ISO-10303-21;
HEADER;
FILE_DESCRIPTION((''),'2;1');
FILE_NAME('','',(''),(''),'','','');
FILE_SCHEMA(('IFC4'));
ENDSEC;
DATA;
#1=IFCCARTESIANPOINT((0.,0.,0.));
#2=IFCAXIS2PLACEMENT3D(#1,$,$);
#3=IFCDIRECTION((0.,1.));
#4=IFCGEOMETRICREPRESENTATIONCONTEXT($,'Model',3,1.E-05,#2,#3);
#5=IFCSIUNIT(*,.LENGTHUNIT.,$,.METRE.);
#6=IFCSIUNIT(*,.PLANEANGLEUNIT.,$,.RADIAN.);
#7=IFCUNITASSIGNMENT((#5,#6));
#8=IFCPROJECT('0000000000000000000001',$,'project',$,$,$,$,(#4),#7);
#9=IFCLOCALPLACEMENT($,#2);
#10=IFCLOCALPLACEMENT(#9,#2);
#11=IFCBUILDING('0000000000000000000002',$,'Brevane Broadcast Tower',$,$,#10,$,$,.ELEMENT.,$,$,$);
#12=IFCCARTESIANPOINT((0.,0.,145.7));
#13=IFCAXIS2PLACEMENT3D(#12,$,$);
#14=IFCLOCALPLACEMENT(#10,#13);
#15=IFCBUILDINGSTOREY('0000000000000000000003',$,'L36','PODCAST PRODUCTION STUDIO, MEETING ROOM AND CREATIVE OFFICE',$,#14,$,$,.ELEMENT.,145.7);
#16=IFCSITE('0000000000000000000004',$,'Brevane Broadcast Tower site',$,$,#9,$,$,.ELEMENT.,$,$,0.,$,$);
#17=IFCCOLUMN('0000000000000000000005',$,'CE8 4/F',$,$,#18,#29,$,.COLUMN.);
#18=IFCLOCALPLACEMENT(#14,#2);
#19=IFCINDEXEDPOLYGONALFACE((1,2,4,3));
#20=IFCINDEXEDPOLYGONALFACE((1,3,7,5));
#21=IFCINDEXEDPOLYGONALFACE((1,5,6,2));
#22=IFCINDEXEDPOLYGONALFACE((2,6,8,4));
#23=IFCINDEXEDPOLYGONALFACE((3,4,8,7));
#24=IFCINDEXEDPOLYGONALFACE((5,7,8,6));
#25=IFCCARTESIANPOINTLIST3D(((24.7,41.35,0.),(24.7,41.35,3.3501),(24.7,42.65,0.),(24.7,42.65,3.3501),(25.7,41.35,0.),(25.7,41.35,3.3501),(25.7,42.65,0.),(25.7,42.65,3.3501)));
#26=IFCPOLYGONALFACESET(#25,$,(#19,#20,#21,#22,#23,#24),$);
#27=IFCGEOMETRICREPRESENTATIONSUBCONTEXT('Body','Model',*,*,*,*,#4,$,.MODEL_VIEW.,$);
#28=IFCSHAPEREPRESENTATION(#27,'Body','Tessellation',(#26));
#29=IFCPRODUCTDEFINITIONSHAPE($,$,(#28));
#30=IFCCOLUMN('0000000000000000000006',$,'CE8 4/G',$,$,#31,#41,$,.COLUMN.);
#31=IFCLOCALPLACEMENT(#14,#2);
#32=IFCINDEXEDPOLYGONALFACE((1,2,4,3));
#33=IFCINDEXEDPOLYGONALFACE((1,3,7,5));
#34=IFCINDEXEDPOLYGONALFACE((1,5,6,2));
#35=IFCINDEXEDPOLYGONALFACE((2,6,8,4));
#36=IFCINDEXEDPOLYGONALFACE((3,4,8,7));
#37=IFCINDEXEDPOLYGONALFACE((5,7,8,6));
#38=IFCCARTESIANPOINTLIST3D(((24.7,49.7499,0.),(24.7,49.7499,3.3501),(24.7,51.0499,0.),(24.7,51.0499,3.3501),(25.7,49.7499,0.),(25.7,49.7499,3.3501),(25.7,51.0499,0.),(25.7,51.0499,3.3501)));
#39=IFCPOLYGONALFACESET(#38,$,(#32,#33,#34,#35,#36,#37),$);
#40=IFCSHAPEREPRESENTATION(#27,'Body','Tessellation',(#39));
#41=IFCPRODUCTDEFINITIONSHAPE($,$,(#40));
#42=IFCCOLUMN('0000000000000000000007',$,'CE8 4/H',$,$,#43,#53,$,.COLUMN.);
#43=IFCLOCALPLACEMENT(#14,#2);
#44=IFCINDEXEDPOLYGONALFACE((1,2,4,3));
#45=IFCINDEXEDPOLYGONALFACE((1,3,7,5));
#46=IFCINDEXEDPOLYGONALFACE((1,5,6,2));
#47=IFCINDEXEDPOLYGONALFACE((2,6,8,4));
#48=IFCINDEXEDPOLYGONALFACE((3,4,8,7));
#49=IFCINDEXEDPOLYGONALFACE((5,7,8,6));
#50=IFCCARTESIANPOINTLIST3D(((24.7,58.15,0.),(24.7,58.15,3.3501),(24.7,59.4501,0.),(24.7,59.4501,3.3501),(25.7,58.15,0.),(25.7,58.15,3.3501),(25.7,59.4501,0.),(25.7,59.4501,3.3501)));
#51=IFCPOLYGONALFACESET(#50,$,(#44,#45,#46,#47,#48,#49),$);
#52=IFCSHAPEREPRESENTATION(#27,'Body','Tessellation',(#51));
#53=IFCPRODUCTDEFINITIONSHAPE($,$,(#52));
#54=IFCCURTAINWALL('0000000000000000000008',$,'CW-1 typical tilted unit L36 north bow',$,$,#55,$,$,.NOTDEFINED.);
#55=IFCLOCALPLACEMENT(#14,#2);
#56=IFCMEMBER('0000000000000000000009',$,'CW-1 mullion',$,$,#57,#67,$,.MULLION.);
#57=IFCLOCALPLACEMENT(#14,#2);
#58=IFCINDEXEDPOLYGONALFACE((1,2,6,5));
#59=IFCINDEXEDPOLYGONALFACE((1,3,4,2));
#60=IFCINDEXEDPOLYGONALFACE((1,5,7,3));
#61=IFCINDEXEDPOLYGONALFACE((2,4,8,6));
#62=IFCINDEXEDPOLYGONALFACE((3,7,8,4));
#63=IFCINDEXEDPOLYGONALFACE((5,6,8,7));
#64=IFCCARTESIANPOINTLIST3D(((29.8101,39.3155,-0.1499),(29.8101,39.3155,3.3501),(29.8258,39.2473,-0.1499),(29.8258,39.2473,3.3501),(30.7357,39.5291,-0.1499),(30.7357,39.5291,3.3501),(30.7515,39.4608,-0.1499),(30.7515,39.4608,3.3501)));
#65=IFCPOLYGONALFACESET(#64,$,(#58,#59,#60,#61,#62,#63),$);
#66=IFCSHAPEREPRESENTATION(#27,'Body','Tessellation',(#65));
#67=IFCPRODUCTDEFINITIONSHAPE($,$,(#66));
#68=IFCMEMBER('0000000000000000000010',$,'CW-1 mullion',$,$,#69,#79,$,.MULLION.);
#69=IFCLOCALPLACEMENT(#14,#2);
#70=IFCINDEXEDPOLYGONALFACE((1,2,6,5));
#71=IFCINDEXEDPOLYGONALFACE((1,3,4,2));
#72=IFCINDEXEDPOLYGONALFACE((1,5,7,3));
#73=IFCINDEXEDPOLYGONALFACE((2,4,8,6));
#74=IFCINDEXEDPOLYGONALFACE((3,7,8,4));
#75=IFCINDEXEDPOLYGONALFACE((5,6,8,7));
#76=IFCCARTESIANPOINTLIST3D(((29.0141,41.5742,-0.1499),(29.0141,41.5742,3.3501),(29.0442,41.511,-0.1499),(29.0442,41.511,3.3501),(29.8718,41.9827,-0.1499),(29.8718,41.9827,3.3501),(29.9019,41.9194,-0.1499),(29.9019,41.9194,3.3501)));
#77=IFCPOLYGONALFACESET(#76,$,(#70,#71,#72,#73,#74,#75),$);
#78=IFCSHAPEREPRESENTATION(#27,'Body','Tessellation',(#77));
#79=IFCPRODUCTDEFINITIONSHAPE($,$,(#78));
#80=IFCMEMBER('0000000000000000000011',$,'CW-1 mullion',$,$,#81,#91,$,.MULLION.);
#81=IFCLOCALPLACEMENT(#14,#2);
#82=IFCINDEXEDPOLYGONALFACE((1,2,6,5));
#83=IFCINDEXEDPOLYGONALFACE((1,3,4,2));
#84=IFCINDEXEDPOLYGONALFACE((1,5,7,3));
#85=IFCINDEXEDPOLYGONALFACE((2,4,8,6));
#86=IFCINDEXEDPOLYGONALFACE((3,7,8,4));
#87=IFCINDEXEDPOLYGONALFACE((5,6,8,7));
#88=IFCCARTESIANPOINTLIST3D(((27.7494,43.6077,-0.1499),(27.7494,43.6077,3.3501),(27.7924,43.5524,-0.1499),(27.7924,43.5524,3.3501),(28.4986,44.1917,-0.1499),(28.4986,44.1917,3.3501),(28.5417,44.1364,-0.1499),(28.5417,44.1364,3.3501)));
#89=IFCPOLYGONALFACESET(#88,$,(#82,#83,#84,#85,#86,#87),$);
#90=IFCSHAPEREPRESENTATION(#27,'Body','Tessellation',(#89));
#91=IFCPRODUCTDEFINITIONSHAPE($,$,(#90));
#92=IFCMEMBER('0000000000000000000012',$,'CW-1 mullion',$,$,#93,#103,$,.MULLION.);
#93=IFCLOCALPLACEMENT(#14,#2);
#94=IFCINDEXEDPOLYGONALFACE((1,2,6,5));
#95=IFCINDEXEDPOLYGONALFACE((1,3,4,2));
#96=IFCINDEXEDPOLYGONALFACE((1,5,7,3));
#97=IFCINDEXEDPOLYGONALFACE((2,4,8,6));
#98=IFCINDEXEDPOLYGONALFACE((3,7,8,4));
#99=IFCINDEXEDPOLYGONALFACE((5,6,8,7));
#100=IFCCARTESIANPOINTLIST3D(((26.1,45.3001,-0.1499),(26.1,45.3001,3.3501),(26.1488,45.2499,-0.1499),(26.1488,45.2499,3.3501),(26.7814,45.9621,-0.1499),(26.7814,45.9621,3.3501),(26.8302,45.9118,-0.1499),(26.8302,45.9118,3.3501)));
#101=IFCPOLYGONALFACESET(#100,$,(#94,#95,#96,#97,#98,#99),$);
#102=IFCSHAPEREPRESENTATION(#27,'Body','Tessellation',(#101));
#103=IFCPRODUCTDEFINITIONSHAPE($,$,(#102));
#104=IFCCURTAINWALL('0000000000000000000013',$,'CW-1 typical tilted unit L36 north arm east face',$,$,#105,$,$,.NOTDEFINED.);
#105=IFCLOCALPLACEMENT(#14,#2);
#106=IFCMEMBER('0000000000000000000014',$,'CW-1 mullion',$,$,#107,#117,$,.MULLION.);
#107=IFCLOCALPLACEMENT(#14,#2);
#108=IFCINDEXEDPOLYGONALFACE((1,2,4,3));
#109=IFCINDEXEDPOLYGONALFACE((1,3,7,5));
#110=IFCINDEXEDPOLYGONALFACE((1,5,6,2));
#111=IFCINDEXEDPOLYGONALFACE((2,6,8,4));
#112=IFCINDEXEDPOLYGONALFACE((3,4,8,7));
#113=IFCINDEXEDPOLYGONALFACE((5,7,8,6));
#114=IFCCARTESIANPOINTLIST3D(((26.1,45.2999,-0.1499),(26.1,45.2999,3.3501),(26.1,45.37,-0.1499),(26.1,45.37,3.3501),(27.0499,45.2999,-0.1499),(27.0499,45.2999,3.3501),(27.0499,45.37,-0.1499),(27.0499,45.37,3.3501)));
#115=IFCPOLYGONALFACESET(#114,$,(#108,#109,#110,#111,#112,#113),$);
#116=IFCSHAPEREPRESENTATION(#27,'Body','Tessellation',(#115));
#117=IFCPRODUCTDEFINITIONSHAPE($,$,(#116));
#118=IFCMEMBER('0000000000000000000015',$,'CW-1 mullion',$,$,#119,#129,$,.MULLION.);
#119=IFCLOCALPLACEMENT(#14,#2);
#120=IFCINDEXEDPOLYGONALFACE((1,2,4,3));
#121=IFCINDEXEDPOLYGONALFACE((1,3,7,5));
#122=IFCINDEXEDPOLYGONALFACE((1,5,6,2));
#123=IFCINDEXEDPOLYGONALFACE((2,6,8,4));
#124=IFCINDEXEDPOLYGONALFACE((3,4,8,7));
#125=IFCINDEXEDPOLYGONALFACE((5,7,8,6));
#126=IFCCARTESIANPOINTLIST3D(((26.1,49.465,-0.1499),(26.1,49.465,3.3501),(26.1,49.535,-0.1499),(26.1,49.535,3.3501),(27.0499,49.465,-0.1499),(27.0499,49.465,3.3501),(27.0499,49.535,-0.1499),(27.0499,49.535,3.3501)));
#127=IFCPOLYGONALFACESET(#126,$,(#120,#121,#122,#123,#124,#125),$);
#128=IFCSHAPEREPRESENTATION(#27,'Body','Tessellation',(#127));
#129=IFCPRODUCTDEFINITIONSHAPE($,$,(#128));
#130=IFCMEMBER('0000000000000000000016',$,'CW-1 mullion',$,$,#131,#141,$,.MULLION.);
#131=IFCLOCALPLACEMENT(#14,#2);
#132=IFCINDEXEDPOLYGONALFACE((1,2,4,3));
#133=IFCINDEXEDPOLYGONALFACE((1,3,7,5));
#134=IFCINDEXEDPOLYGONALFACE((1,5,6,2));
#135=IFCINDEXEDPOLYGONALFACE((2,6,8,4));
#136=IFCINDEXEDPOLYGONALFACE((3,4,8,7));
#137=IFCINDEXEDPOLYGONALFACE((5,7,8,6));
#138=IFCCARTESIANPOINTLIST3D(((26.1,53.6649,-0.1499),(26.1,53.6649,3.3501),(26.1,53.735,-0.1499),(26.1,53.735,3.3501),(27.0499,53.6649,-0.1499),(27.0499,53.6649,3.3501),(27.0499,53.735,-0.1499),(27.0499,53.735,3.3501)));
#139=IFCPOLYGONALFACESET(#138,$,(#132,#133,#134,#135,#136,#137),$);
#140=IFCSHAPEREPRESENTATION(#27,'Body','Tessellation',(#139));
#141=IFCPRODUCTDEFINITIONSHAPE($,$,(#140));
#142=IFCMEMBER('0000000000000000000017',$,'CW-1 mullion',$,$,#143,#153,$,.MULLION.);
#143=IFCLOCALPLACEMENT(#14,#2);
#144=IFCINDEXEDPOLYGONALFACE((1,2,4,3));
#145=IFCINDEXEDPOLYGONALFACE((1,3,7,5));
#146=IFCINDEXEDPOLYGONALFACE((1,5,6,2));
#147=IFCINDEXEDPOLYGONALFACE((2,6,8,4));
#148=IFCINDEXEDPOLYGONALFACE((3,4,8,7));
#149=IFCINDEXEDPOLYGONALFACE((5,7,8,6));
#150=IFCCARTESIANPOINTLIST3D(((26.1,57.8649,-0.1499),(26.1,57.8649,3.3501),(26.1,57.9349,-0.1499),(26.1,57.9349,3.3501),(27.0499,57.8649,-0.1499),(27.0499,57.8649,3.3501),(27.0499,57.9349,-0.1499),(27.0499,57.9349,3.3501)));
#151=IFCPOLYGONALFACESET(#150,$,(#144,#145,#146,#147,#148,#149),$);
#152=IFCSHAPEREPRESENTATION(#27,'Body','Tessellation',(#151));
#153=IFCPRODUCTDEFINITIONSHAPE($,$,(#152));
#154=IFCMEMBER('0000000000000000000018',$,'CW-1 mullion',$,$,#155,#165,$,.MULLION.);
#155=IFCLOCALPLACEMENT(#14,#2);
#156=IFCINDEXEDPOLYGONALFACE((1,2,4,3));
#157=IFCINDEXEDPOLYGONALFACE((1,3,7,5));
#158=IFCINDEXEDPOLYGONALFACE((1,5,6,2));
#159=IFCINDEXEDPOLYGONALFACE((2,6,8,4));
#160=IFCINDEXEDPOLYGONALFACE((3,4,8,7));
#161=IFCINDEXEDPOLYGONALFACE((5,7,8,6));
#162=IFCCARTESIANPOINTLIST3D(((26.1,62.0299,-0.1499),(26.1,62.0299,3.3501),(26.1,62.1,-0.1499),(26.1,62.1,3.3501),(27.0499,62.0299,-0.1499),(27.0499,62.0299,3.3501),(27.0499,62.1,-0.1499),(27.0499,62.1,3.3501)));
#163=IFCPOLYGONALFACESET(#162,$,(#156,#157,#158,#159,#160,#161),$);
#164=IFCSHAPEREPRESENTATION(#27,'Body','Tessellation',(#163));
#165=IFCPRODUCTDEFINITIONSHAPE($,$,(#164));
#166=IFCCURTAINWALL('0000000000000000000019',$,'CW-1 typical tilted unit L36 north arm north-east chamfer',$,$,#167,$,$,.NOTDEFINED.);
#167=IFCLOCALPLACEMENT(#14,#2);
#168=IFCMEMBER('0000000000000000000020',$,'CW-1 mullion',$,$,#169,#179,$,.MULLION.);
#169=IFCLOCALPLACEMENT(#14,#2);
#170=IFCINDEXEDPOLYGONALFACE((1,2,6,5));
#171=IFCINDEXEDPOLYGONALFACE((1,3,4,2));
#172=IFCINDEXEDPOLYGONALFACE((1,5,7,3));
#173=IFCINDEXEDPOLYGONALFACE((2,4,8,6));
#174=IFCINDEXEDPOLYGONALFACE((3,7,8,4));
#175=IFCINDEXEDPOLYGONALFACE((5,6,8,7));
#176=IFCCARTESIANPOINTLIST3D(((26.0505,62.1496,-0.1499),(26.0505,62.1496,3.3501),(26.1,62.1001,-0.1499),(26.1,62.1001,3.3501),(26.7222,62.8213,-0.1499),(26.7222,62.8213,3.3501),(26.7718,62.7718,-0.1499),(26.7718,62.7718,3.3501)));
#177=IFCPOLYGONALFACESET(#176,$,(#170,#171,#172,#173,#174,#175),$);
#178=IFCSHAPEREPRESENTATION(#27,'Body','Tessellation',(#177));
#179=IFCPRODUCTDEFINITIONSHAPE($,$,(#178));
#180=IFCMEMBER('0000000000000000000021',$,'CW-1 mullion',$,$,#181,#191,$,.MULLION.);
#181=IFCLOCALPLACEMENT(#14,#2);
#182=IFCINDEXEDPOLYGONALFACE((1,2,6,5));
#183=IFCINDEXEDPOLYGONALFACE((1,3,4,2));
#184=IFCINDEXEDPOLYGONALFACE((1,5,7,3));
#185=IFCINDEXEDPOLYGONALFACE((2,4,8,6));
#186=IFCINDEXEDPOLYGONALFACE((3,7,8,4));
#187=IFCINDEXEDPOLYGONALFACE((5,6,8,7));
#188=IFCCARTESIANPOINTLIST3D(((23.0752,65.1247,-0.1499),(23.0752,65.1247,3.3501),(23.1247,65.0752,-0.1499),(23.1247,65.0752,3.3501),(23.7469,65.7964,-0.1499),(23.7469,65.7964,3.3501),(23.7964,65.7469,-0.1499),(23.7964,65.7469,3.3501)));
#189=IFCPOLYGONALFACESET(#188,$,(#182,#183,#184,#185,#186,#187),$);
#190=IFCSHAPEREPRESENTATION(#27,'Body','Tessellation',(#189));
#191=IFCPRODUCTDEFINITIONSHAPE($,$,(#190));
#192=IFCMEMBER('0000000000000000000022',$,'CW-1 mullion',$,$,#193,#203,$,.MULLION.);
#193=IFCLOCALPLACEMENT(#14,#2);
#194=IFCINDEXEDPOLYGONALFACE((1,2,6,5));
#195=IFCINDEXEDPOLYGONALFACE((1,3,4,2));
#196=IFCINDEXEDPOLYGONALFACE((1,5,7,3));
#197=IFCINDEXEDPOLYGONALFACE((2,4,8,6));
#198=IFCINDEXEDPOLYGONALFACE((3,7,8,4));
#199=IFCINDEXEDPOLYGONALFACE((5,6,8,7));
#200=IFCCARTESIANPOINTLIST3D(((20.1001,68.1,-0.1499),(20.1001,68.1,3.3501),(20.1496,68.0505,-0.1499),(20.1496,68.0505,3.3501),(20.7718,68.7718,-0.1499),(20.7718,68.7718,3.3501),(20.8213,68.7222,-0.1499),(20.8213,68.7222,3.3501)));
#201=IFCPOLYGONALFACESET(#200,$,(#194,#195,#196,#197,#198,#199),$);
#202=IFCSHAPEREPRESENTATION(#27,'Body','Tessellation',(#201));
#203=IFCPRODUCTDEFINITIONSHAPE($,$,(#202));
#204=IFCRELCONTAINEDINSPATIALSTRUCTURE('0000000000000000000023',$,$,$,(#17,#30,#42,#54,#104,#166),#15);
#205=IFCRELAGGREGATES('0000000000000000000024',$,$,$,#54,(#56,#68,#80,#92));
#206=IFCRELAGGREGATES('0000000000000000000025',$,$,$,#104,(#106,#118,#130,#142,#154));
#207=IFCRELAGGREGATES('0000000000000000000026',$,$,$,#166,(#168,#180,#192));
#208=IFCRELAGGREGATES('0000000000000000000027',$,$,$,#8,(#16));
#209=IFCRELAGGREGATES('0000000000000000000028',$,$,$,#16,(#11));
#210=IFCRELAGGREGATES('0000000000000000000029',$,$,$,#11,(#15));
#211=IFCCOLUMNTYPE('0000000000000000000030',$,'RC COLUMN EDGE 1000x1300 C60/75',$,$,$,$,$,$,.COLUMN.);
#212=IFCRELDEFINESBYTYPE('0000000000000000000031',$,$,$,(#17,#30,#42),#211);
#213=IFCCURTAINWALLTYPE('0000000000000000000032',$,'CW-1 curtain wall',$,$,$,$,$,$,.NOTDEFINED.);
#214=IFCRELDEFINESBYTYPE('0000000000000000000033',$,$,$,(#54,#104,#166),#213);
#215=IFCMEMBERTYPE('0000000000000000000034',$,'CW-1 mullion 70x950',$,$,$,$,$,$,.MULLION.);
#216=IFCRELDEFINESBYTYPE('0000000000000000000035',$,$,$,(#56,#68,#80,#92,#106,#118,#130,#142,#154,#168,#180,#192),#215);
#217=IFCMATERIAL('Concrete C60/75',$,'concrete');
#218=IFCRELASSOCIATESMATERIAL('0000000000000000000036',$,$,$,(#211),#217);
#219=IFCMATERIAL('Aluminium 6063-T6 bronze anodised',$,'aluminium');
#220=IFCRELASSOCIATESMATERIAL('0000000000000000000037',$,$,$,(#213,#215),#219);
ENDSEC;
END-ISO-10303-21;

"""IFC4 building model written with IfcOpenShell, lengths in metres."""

from ifc_helpers import new_model, si_unit, direction, frame, origin, origin_2d, place, context, subcontext, project, spatial, rectangle, extrude, material, material_profile, profile_set, type_object, element, aggregate, save


model = new_model("IFC4")

# Units and contexts
model_context = context("Model", 3, precision=1e-05, world=origin(), true_north=direction((0.0, 1.0)))
body_context = subcontext(model_context, "Body", "Model", "MODEL_VIEW")
ifc_project = project(units=[si_unit("LENGTHUNIT", "METRE"), si_unit("PLANEANGLEUNIT", "RADIAN")], contexts=[model_context])

# Site, building, storey
site_placement = place(None, origin())
site = spatial("IfcSite", under=ifc_project, at=site_placement, Name="Brevane Broadcast Tower site", CompositionType="ELEMENT", RefElevation=0.0)
building_placement = place(site_placement, origin())
building = spatial("IfcBuilding", under=site, at=building_placement, Name="Brevane Broadcast Tower", CompositionType="ELEMENT")
storey_placement = place(building_placement, frame((0.0, 0.0, 145.7)))
storey = spatial("IfcBuildingStorey", under=building, at=storey_placement, Name="L36", Description="PODCAST PRODUCTION STUDIO, MEETING ROOM AND CREATIVE OFFICE", CompositionType="ELEMENT", Elevation=145.7)

# Columns
ifc_material_1 = material(Name="Concrete C60/75", Category="concrete")
ifc_material_profile_1 = material_profile(ifc_material_1, rectangle(XDim=1.0, YDim=1.3, at=origin_2d()), Name="RC 1000x1300")
ifc_profile_set_1 = profile_set([ifc_material_profile_1], Name="Concrete C60/75")
column_type = type_object("IfcColumnType", Name="RC COLUMN EDGE 1000x1300 C60/75", PredefinedType="COLUMN", material=ifc_profile_set_1)
for number, where, z_axis, x_axis, name in (
    (1, (25.2, 42.0, 0.0), (0.0, 0.0, 1.0), (1.0, 0.0, 0.0), "CE8 4/F"),
    (2, (25.2, 50.3999, 0.0), (0.0, 0.0, 1.0), (1.0, 0.0, 0.0), "CE8 4/G"),
    (3, (25.2, 58.8, 0.0), (0.0, 0.0, 1.0), (1.0, 0.0, 0.0), "CE8 4/H"),
):
    element("IfcColumn", number, at=place(storey_placement, frame(where, z_axis=z_axis, x_axis=x_axis)), inside=storey, type_object=column_type, Name=name, PredefinedType="COLUMN", context=body_context, shape_type="SweptSolid", body=[
        extrude(rectangle(XDim=1.0, YDim=1.3, at=origin_2d()), origin(), (0.0, 0.0, 1.0), 3.3501),
    ])

# Curtain walls, members
ifc_material_2 = material(Name="Aluminium 6063-T6 bronze anodised", Category="aluminium")
curtain_wall_type = type_object("IfcCurtainWallType", Name="CW-1 curtain wall", PredefinedType="NOTDEFINED", material=ifc_material_2)
curtain_wall_1_placement = place(storey_placement, origin())
curtain_wall_1 = element("IfcCurtainWall", 4, at=curtain_wall_1_placement, inside=storey, type_object=curtain_wall_type, Name="CW-1 typical tilted unit L36 north bow", PredefinedType="NOTDEFINED")
ifc_material_profile_2 = material_profile(ifc_material_2, rectangle(XDim=0.95, YDim=0.0701, at=origin_2d()), Name="RECT 70x950")
ifc_profile_set_2 = profile_set([ifc_material_profile_2], Name="Aluminium 6063-T6 bronze anodised")
member_type_1 = type_object("IfcMemberType", Name="CW-1 mullion 70x950", PredefinedType="MULLION", material=ifc_profile_set_2)
member_1_placement = place(storey_placement, frame((30.2808, 39.3882, -0.1499), z_axis=(0.0, 0.0, 1.0), x_axis=(-0.974403, -0.224806, 0.0)))
member_1 = element("IfcMember", 5, at=member_1_placement, type_object=member_type_1, Name="CW-1 mullion", PredefinedType="MULLION", context=body_context, shape_type="SweptSolid", body=[
    extrude(rectangle(XDim=0.95, YDim=0.0701, at=origin_2d()), origin(), (0.0, 0.0, 1.0), 3.5),
])
member_2_placement = place(storey_placement, frame((29.458, 41.7468, -0.1499), z_axis=(0.0, 0.0, 1.0), x_axis=(-0.902861, -0.429934, 0.0)))
member_2 = element("IfcMember", 6, at=member_2_placement, type_object=member_type_1, Name="CW-1 mullion", PredefinedType="MULLION", context=body_context, shape_type="SweptSolid", body=[
    extrude(rectangle(XDim=0.95, YDim=0.0701, at=origin_2d()), origin(), (0.0, 0.0, 1.0), 3.5),
])
member_3_placement = place(storey_placement, frame((28.1455, 43.8721, -0.1499), z_axis=(0.0, 0.0, 1.0), x_axis=(-0.788707, -0.61477, 0.0)))
member_3 = element("IfcMember", 7, at=member_3_placement, type_object=member_type_1, Name="CW-1 mullion", PredefinedType="MULLION", context=body_context, shape_type="SweptSolid", body=[
    extrude(rectangle(XDim=0.95, YDim=0.0701, at=origin_2d()), origin(), (0.0, 0.0, 1.0), 3.5),
])
member_4_placement = place(storey_placement, frame((26.4651, 45.606, -0.1499), z_axis=(0.0, 0.0, 1.0), x_axis=(-0.717254, -0.696812, 0.0)))
member_4 = element("IfcMember", 8, at=member_4_placement, type_object=member_type_1, Name="CW-1 mullion", PredefinedType="MULLION", context=body_context, shape_type="SweptSolid", body=[
    extrude(rectangle(XDim=0.95, YDim=0.0701, at=origin_2d()), origin(), (0.0, 0.0, 1.0), 3.5),
])
curtain_wall_2_placement = place(storey_placement, origin())
curtain_wall_2 = element("IfcCurtainWall", 9, at=curtain_wall_2_placement, inside=storey, type_object=curtain_wall_type, Name="CW-1 typical tilted unit L36 north arm east face", PredefinedType="NOTDEFINED")
member_5_placement = place(storey_placement, frame((26.575, 45.335, -0.1499), z_axis=(0.0, 0.0, 1.0), x_axis=(-1.0, 0.0, 0.0)))
member_5 = element("IfcMember", 10, at=member_5_placement, type_object=member_type_1, Name="CW-1 mullion", PredefinedType="MULLION", context=body_context, shape_type="SweptSolid", body=[
    extrude(rectangle(XDim=0.95, YDim=0.0701, at=origin_2d()), origin(), (0.0, 0.0, 1.0), 3.5),
])
member_6_placement = place(storey_placement, frame((26.575, 49.5, -0.1499), z_axis=(0.0, 0.0, 1.0), x_axis=(-1.0, 0.0, 0.0)))
member_6 = element("IfcMember", 11, at=member_6_placement, type_object=member_type_1, Name="CW-1 mullion", PredefinedType="MULLION", context=body_context, shape_type="SweptSolid", body=[
    extrude(rectangle(XDim=0.95, YDim=0.0701, at=origin_2d()), origin(), (0.0, 0.0, 1.0), 3.5),
])
member_7_placement = place(storey_placement, frame((26.575, 53.7, -0.1499), z_axis=(0.0, 0.0, 1.0), x_axis=(-1.0, 0.0, 0.0)))
member_7 = element("IfcMember", 12, at=member_7_placement, type_object=member_type_1, Name="CW-1 mullion", PredefinedType="MULLION", context=body_context, shape_type="SweptSolid", body=[
    extrude(rectangle(XDim=0.95, YDim=0.0701, at=origin_2d()), origin(), (0.0, 0.0, 1.0), 3.5),
])
member_8_placement = place(storey_placement, frame((26.575, 57.8999, -0.1499), z_axis=(0.0, 0.0, 1.0), x_axis=(-1.0, 0.0, 0.0)))
member_8 = element("IfcMember", 13, at=member_8_placement, type_object=member_type_1, Name="CW-1 mullion", PredefinedType="MULLION", context=body_context, shape_type="SweptSolid", body=[
    extrude(rectangle(XDim=0.95, YDim=0.0701, at=origin_2d()), origin(), (0.0, 0.0, 1.0), 3.5),
])
member_9_placement = place(storey_placement, frame((26.575, 62.0649, -0.1499), z_axis=(0.0, 0.0, 1.0), x_axis=(-1.0, 0.0, 0.0)))
member_9 = element("IfcMember", 14, at=member_9_placement, type_object=member_type_1, Name="CW-1 mullion", PredefinedType="MULLION", context=body_context, shape_type="SweptSolid", body=[
    extrude(rectangle(XDim=0.95, YDim=0.0701, at=origin_2d()), origin(), (0.0, 0.0, 1.0), 3.5),
])
curtain_wall_3_placement = place(storey_placement, origin())
curtain_wall_3 = element("IfcCurtainWall", 15, at=curtain_wall_3_placement, inside=storey, type_object=curtain_wall_type, Name="CW-1 typical tilted unit L36 north arm north-east chamfer", PredefinedType="NOTDEFINED")
member_10_placement = place(storey_placement, frame((26.4111, 62.4607, -0.1499), z_axis=(0.0, 0.0, 1.0), x_axis=(-0.707107, -0.707107, 0.0)))
member_10 = element("IfcMember", 16, at=member_10_placement, type_object=member_type_1, Name="CW-1 mullion", PredefinedType="MULLION", context=body_context, shape_type="SweptSolid", body=[
    extrude(rectangle(XDim=0.95, YDim=0.0701, at=origin_2d()), origin(), (0.0, 0.0, 1.0), 3.5),
])
member_11_placement = place(storey_placement, frame((23.4358, 65.4358, -0.1499), z_axis=(0.0, 0.0, 1.0), x_axis=(-0.707107, -0.707107, 0.0)))
member_11 = element("IfcMember", 17, at=member_11_placement, type_object=member_type_1, Name="CW-1 mullion", PredefinedType="MULLION", context=body_context, shape_type="SweptSolid", body=[
    extrude(rectangle(XDim=0.95, YDim=0.0701, at=origin_2d()), origin(), (0.0, 0.0, 1.0), 3.5),
])
member_12_placement = place(storey_placement, frame((20.4607, 68.4111, -0.1499), z_axis=(0.0, 0.0, 1.0), x_axis=(-0.707107, -0.707107, 0.0)))
member_12 = element("IfcMember", 18, at=member_12_placement, type_object=member_type_1, Name="CW-1 mullion", PredefinedType="MULLION", context=body_context, shape_type="SweptSolid", body=[
    extrude(rectangle(XDim=0.95, YDim=0.0701, at=origin_2d()), origin(), (0.0, 0.0, 1.0), 3.5),
])

aggregate(curtain_wall_1, [member_1, member_2, member_3, member_4])
aggregate(curtain_wall_2, [member_5, member_6, member_7, member_8, member_9])
aggregate(curtain_wall_3, [member_10, member_11, member_12])

save(model, "model.ifc")
